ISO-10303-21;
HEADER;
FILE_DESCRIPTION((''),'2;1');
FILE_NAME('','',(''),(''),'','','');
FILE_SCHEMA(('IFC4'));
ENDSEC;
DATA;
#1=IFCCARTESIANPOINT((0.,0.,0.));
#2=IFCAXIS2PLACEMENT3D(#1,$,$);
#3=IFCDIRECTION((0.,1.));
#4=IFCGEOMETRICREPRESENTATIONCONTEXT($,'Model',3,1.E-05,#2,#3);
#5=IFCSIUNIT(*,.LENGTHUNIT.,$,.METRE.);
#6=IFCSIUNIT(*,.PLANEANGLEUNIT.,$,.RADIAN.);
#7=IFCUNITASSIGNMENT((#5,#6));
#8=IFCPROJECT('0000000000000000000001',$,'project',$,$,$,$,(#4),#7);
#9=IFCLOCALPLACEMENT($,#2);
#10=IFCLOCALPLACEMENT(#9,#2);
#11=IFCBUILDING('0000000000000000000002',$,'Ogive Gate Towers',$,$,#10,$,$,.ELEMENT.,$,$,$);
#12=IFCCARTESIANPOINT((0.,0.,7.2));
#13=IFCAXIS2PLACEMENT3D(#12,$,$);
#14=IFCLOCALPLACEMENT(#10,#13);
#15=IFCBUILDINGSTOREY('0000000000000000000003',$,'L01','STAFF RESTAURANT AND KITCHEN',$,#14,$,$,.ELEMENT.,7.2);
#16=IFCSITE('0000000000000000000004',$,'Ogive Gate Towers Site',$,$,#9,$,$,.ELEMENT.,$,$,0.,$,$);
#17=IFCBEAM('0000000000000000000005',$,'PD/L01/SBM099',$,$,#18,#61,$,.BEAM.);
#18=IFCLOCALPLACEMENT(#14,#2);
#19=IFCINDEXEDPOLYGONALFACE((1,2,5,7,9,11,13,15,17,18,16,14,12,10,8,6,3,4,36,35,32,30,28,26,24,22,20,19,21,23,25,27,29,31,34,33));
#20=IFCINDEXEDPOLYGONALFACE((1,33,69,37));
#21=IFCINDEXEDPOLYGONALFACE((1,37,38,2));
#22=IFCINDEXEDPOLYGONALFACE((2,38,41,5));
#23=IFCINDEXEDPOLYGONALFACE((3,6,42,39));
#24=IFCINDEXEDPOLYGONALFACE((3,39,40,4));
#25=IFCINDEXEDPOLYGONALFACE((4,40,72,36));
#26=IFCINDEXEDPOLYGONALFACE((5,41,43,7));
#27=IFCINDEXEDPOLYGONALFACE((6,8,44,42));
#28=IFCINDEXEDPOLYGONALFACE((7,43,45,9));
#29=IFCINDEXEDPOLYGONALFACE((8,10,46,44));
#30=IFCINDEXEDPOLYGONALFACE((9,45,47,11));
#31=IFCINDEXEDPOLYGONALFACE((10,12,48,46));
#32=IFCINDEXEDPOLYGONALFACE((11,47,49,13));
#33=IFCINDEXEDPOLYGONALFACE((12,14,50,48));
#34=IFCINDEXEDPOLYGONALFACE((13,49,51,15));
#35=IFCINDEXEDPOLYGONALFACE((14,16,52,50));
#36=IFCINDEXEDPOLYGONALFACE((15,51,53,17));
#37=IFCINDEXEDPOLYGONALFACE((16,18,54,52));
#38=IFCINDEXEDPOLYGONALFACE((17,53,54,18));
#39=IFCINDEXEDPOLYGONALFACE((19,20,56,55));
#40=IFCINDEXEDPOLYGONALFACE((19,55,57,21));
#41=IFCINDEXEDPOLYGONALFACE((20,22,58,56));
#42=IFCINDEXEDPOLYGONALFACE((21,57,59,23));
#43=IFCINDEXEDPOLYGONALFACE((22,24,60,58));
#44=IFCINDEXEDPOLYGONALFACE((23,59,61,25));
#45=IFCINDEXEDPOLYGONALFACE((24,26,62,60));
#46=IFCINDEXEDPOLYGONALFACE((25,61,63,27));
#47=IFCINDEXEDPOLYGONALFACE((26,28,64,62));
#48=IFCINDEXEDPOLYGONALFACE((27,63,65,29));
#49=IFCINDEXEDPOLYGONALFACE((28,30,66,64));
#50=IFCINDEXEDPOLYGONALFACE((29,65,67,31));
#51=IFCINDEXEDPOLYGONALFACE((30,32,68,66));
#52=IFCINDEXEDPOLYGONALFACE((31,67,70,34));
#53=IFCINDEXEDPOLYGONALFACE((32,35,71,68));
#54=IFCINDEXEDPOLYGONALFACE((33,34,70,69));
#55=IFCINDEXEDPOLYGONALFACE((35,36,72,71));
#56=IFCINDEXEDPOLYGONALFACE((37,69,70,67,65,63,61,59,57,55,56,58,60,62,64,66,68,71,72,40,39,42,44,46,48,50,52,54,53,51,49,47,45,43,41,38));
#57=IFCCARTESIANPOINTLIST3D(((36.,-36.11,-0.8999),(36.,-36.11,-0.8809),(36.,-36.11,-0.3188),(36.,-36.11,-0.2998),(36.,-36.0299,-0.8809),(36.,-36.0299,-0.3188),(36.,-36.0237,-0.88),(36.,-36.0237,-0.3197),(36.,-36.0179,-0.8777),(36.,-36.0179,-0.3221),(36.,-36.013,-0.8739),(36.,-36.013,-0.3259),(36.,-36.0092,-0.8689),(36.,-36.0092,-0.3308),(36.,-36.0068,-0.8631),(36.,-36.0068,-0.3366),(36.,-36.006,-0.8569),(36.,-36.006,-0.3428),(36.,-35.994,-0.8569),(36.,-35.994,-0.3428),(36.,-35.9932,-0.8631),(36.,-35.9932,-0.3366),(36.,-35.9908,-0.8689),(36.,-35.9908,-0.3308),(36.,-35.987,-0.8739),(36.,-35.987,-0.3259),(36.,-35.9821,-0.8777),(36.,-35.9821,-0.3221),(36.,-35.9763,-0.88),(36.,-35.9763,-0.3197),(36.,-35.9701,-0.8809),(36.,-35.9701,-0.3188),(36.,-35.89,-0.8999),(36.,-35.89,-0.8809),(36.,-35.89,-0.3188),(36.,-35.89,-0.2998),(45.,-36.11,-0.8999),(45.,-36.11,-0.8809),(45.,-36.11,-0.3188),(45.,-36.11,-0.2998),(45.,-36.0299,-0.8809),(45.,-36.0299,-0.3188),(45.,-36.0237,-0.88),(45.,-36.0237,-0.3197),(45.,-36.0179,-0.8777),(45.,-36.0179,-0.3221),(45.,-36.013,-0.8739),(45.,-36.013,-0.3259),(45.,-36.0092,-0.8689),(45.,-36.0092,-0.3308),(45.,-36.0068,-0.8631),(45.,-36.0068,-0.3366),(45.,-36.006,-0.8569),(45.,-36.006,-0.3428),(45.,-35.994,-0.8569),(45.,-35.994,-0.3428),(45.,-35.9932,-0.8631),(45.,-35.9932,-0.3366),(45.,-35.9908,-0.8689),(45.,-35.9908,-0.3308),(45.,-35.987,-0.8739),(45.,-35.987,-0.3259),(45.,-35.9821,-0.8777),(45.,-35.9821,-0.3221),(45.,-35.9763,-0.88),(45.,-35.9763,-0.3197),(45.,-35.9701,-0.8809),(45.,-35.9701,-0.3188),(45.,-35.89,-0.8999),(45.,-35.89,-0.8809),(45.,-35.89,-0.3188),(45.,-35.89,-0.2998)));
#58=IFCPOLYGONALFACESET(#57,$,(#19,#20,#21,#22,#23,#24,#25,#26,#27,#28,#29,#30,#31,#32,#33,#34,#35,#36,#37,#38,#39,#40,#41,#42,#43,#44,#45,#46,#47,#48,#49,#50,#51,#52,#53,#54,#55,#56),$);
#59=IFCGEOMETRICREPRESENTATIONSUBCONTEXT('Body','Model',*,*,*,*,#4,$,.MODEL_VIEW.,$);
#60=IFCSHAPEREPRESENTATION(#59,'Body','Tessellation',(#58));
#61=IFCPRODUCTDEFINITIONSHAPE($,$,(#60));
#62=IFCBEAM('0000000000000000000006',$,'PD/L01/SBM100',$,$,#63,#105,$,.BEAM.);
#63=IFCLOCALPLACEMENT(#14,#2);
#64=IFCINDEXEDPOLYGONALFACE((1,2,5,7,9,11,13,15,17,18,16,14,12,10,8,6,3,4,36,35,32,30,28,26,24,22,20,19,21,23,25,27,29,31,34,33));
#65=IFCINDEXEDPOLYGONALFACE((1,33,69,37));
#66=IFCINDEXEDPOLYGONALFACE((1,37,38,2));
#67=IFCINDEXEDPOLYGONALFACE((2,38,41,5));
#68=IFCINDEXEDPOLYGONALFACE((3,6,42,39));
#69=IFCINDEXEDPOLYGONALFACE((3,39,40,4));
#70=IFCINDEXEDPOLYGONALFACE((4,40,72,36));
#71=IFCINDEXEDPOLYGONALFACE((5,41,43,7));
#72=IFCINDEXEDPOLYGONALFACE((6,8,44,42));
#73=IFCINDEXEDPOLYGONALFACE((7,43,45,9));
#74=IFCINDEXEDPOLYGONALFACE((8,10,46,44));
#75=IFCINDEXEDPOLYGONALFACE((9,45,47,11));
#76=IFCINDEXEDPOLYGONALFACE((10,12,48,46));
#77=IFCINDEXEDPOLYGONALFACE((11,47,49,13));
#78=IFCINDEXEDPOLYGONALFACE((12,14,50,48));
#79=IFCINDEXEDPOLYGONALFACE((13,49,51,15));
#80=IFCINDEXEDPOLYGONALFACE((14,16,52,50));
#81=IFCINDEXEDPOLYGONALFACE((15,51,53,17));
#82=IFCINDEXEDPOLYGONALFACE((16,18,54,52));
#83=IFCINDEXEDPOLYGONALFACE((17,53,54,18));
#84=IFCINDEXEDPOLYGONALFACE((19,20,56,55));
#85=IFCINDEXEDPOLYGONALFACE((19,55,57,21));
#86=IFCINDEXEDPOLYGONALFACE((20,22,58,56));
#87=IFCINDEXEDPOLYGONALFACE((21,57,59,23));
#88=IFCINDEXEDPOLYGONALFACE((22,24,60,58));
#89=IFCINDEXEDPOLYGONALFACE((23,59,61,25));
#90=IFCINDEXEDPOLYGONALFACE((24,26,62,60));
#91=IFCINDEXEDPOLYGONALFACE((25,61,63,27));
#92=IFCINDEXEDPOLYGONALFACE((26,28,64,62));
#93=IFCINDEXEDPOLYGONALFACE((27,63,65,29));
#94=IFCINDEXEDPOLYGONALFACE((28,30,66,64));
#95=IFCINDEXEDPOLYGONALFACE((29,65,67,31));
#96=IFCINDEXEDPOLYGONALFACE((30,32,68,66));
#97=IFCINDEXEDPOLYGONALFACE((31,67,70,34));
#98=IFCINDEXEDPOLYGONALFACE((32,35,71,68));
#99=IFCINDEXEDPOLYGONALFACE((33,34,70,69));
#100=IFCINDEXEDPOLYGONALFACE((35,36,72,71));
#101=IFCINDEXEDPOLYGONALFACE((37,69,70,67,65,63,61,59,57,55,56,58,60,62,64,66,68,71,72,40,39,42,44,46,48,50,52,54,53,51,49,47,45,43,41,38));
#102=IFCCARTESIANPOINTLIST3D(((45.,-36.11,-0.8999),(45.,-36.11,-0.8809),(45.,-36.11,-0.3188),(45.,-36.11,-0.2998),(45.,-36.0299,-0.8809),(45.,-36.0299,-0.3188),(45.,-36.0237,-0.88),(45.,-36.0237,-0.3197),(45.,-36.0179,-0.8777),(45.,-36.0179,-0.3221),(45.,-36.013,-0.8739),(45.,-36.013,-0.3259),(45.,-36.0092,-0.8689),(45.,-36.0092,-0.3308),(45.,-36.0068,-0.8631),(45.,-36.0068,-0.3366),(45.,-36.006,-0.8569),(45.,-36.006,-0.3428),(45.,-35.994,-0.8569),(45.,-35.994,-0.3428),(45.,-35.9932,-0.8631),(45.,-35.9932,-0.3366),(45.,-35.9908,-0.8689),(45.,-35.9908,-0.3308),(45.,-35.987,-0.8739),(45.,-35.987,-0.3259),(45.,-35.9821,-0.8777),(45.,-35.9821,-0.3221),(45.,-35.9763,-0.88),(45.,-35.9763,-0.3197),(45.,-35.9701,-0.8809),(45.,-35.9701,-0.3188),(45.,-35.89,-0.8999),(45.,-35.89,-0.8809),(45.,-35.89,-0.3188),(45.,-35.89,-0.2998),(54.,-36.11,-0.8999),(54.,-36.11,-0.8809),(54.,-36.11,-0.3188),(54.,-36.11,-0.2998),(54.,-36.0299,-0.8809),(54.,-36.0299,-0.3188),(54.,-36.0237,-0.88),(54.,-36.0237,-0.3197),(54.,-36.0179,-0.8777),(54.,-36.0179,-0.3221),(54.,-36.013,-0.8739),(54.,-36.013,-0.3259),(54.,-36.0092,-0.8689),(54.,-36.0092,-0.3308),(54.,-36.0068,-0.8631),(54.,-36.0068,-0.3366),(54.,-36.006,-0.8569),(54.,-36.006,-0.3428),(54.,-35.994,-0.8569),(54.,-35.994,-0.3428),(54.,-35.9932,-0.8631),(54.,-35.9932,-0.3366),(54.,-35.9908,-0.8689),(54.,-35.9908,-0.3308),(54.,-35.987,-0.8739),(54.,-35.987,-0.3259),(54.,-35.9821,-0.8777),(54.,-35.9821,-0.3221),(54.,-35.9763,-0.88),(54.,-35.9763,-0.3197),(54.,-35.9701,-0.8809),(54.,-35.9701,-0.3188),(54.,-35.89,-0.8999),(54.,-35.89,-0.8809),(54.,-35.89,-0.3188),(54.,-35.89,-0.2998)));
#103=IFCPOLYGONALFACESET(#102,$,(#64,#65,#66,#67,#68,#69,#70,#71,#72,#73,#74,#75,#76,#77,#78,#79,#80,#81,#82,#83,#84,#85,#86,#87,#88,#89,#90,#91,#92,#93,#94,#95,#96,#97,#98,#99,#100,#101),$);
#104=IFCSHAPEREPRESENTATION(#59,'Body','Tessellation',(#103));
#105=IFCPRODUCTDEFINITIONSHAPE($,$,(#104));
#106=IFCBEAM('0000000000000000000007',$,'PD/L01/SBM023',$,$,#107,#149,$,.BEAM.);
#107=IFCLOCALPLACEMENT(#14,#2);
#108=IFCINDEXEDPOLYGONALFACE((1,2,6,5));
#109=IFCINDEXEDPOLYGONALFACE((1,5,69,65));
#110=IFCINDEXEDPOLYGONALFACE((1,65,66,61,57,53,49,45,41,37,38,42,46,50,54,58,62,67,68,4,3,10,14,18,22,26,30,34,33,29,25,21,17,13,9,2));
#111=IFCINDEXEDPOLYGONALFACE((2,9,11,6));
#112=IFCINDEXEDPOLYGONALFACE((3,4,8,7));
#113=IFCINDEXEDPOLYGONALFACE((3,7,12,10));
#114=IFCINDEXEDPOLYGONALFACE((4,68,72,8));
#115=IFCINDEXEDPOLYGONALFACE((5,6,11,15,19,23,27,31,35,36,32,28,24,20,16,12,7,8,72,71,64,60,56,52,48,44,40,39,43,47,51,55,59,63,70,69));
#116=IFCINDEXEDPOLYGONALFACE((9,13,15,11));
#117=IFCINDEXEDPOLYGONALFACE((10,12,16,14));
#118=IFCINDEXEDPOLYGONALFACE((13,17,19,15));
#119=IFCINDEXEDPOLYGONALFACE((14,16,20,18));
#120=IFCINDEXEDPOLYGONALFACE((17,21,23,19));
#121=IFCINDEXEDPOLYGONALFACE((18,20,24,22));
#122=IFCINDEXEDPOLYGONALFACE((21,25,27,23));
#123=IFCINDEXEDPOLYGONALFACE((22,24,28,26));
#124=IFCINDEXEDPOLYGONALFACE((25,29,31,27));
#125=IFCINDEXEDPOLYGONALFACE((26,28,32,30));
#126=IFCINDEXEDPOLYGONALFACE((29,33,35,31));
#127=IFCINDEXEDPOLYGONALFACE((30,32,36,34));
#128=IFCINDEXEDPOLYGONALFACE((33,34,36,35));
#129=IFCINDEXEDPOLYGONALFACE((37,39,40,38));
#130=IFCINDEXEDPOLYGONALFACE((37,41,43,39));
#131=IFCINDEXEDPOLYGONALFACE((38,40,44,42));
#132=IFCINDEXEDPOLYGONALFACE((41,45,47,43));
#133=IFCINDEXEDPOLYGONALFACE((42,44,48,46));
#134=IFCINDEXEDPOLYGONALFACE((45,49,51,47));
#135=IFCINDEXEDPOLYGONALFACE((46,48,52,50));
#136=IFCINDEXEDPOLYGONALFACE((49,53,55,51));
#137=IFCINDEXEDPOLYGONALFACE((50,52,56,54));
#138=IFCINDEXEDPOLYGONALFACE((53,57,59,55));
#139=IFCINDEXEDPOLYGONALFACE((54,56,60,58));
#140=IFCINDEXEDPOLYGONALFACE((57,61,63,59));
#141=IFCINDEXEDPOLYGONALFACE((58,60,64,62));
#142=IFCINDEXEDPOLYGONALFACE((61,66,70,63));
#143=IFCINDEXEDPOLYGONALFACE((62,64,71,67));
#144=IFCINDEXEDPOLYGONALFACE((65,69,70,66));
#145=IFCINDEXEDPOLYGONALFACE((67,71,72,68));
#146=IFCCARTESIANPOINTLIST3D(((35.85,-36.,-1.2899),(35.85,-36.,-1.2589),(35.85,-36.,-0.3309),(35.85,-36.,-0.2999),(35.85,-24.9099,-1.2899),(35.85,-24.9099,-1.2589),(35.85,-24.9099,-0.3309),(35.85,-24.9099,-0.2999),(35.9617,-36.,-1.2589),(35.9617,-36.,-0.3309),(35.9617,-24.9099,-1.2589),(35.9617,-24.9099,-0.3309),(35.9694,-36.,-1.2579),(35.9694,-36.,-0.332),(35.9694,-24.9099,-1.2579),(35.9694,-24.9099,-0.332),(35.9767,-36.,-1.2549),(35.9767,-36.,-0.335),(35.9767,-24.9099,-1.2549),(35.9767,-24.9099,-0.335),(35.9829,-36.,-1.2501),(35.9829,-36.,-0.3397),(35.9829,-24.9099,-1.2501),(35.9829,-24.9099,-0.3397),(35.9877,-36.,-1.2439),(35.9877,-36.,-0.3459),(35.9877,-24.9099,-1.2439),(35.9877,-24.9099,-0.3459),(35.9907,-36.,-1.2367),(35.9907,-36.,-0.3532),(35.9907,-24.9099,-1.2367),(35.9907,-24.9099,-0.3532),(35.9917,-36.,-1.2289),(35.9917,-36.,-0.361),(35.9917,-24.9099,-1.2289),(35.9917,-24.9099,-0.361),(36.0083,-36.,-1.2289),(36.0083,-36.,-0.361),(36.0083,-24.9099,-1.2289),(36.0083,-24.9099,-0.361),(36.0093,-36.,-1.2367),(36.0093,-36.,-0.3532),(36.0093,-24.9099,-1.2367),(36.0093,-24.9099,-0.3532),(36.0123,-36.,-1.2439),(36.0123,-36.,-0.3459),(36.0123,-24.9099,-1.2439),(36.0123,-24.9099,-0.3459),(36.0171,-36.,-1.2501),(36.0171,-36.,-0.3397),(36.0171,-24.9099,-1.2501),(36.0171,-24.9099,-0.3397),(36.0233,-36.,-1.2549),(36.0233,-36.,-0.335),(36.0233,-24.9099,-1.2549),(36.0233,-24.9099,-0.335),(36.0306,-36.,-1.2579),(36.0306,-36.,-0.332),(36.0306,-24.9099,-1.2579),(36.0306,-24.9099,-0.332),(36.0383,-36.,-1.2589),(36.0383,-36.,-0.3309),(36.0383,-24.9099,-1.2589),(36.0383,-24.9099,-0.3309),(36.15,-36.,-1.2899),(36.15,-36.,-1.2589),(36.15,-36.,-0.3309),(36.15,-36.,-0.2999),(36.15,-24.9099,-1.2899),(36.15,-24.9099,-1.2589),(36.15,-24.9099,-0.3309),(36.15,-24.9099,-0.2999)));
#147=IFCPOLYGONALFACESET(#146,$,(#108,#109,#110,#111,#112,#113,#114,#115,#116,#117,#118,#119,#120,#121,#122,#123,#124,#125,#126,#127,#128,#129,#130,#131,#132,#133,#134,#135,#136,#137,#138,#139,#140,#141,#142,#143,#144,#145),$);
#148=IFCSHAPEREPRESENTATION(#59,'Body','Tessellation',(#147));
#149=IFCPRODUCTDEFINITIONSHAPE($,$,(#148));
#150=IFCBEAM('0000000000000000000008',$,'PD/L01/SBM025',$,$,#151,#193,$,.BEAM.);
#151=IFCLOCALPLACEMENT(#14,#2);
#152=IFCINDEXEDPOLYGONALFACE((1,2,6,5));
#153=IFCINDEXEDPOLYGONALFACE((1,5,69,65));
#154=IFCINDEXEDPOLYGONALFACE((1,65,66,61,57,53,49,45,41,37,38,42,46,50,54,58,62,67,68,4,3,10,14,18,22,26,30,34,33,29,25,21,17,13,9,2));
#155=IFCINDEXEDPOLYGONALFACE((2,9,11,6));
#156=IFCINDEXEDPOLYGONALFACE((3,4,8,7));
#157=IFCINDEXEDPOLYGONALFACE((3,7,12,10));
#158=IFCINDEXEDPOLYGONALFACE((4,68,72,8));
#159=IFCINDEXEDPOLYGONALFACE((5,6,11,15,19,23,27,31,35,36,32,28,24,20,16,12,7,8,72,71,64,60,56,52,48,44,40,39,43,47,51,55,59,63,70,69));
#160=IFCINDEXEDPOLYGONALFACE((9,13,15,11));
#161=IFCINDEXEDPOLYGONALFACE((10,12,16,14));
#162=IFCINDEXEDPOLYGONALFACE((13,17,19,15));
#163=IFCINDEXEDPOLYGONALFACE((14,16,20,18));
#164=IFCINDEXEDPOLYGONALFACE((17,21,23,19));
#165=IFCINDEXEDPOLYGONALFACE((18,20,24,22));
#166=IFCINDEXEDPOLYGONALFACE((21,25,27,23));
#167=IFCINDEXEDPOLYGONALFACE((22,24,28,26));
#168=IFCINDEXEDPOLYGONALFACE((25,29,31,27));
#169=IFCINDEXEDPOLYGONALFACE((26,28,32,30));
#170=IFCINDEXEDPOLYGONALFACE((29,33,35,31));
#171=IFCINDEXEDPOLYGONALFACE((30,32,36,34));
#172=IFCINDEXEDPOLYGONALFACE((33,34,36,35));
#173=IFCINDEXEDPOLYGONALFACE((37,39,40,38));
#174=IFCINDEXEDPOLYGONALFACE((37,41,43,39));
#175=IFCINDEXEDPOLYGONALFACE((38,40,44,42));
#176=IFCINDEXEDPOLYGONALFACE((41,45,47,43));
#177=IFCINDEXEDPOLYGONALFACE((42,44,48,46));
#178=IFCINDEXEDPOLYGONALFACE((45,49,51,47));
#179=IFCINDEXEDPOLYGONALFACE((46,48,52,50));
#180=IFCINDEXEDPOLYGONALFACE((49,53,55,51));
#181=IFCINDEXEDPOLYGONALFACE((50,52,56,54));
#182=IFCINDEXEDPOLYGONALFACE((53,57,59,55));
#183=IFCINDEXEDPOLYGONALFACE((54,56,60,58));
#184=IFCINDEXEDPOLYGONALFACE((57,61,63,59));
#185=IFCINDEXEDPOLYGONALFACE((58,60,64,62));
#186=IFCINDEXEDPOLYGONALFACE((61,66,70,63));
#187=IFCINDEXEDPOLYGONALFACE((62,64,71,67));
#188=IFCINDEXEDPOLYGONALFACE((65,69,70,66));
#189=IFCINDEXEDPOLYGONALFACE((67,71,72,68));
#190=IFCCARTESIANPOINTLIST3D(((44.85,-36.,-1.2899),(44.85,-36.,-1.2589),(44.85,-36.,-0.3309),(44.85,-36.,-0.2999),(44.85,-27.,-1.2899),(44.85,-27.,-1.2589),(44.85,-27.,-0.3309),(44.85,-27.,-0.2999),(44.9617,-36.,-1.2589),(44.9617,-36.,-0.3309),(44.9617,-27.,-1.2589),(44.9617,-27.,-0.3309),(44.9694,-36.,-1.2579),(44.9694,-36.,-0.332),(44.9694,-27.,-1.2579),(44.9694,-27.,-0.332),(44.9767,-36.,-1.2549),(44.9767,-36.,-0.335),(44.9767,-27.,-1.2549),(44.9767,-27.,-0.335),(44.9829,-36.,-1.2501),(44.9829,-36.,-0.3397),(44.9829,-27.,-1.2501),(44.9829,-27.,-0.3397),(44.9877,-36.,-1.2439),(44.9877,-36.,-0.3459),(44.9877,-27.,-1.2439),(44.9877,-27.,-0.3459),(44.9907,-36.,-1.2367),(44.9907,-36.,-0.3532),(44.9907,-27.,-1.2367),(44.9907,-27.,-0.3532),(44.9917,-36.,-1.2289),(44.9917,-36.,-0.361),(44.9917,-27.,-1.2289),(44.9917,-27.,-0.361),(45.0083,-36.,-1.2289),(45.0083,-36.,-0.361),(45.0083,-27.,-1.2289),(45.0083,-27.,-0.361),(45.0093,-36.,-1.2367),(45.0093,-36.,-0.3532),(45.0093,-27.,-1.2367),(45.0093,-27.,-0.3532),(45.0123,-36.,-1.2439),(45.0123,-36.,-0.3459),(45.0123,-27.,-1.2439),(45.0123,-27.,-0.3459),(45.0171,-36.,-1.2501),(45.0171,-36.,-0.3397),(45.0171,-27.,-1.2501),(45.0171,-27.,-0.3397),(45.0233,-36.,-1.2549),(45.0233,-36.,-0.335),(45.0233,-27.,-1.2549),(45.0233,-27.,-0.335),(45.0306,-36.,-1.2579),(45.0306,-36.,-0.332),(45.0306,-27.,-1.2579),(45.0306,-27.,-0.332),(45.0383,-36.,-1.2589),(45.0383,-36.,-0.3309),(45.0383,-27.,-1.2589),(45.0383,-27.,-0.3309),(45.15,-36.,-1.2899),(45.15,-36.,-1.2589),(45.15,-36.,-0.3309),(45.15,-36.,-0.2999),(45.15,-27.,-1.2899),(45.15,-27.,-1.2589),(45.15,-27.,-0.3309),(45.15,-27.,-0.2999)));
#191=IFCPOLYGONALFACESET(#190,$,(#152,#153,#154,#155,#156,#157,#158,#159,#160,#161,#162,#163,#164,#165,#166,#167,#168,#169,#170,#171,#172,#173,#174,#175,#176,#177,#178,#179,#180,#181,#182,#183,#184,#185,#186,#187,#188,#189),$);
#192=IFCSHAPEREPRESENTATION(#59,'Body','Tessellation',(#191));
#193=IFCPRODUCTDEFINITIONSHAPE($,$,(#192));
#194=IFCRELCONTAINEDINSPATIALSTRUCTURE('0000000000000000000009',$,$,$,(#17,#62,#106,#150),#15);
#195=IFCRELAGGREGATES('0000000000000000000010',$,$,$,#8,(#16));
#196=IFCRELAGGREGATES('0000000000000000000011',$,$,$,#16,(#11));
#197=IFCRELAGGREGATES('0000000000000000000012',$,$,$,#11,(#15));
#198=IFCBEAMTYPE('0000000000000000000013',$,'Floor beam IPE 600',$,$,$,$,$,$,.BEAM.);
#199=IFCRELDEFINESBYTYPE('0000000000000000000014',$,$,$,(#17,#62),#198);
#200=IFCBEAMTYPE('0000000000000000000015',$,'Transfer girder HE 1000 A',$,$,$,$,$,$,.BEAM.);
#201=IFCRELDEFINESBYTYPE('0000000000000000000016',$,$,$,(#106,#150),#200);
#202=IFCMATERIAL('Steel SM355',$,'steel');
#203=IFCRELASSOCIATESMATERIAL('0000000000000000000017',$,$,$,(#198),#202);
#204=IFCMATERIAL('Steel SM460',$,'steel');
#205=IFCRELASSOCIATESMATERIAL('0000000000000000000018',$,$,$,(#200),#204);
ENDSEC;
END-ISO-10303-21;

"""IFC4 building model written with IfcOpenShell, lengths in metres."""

from ifc_helpers import new_model, si_unit, direction, frame, origin, origin_2d, place, context, subcontext, project, spatial, i_section, extrude, material, material_profile, profile_set, type_object, element, save


model = new_model("IFC4")

# Units and contexts
model_context = context("Model", 3, precision=1e-05, world=origin(), true_north=direction((0.0, 1.0)))
body_context = subcontext(model_context, "Body", "Model", "MODEL_VIEW")
ifc_project = project(units=[si_unit("LENGTHUNIT", "METRE"), si_unit("PLANEANGLEUNIT", "RADIAN")], contexts=[model_context])

# Site, building, storey
site_placement = place(None, origin())
site = spatial("IfcSite", under=ifc_project, at=site_placement, Name="Ogive Gate Towers Site", CompositionType="ELEMENT", RefElevation=0.0)
building_placement = place(site_placement, origin())
building = spatial("IfcBuilding", under=site, at=building_placement, Name="Ogive Gate Towers", CompositionType="ELEMENT")
storey_placement = place(building_placement, frame((0.0, 0.0, 7.2)))
storey = spatial("IfcBuildingStorey", under=building, at=storey_placement, Name="L01", Description="STAFF RESTAURANT AND KITCHEN", CompositionType="ELEMENT", Elevation=7.2)

# Beams
ifc_material_1 = material(Name="Steel SM355", Category="steel")
ifc_material_profile_1 = material_profile(ifc_material_1, i_section(OverallWidth=0.22, OverallDepth=0.6001, WebThickness=0.012, FlangeThickness=0.019, FilletRadius=0.0239, at=origin_2d()), Name="IPE 600")
ifc_profile_set_1 = profile_set([ifc_material_profile_1], Name="Steel SM355")
beam_type_1 = type_object("IfcBeamType", Name="Floor beam IPE 600", PredefinedType="BEAM", material=ifc_profile_set_1)
for number, where, z_axis, x_axis, name in (
    (1, (36.0, -36.0, -0.5999), (1.0, 0.0, 0.0), (0.0, 1.0, 0.0), "PD/L01/SBM099"),
    (2, (45.0, -36.0, -0.5999), (1.0, 0.0, 0.0), (0.0, 1.0, 0.0), "PD/L01/SBM100"),
):
    element("IfcBeam", number, at=place(storey_placement, frame(where, z_axis=z_axis, x_axis=x_axis)), inside=storey, type_object=beam_type_1, Name=name, PredefinedType="BEAM", context=body_context, shape_type="SweptSolid", body=[
        extrude(i_section(OverallWidth=0.22, OverallDepth=0.6001, WebThickness=0.012, FlangeThickness=0.019, FilletRadius=0.0239, at=origin_2d()), origin(), (0.0, 0.0, 1.0), 9.0),
    ])
ifc_material_2 = material(Name="Steel SM460", Category="steel")
ifc_material_profile_2 = material_profile(ifc_material_2, i_section(OverallWidth=0.3, OverallDepth=0.99, WebThickness=0.0166, FlangeThickness=0.031, FilletRadius=0.03, at=origin_2d()), Name="HE 1000 A")
ifc_profile_set_2 = profile_set([ifc_material_profile_2], Name="Steel SM460")
beam_type_2 = type_object("IfcBeamType", Name="Transfer girder HE 1000 A", PredefinedType="BEAM", material=ifc_profile_set_2)
beam_1_placement = place(storey_placement, frame((36.0, -36.0, -0.7949), z_axis=(0.0, 1.0, 0.0), x_axis=(-1.0, 0.0, 0.0)))
element("IfcBeam", 3, at=beam_1_placement, inside=storey, type_object=beam_type_2, Name="PD/L01/SBM023", PredefinedType="BEAM", context=body_context, shape_type="SweptSolid", body=[
    extrude(i_section(OverallWidth=0.3, OverallDepth=0.99, WebThickness=0.0166, FlangeThickness=0.031, FilletRadius=0.03, at=origin_2d()), origin(), (0.0, 0.0, 1.0), 11.0901),
])
beam_2_placement = place(storey_placement, frame((45.0, -36.0, -0.7949), z_axis=(0.0, 1.0, 0.0), x_axis=(-1.0, 0.0, 0.0)))
element("IfcBeam", 4, at=beam_2_placement, inside=storey, type_object=beam_type_2, Name="PD/L01/SBM025", PredefinedType="BEAM", context=body_context, shape_type="SweptSolid", body=[
    extrude(i_section(OverallWidth=0.3, OverallDepth=0.99, WebThickness=0.0166, FlangeThickness=0.031, FilletRadius=0.03, at=origin_2d()), origin(), (0.0, 0.0, 1.0), 9.0),
])

save(model, "model.ifc")
